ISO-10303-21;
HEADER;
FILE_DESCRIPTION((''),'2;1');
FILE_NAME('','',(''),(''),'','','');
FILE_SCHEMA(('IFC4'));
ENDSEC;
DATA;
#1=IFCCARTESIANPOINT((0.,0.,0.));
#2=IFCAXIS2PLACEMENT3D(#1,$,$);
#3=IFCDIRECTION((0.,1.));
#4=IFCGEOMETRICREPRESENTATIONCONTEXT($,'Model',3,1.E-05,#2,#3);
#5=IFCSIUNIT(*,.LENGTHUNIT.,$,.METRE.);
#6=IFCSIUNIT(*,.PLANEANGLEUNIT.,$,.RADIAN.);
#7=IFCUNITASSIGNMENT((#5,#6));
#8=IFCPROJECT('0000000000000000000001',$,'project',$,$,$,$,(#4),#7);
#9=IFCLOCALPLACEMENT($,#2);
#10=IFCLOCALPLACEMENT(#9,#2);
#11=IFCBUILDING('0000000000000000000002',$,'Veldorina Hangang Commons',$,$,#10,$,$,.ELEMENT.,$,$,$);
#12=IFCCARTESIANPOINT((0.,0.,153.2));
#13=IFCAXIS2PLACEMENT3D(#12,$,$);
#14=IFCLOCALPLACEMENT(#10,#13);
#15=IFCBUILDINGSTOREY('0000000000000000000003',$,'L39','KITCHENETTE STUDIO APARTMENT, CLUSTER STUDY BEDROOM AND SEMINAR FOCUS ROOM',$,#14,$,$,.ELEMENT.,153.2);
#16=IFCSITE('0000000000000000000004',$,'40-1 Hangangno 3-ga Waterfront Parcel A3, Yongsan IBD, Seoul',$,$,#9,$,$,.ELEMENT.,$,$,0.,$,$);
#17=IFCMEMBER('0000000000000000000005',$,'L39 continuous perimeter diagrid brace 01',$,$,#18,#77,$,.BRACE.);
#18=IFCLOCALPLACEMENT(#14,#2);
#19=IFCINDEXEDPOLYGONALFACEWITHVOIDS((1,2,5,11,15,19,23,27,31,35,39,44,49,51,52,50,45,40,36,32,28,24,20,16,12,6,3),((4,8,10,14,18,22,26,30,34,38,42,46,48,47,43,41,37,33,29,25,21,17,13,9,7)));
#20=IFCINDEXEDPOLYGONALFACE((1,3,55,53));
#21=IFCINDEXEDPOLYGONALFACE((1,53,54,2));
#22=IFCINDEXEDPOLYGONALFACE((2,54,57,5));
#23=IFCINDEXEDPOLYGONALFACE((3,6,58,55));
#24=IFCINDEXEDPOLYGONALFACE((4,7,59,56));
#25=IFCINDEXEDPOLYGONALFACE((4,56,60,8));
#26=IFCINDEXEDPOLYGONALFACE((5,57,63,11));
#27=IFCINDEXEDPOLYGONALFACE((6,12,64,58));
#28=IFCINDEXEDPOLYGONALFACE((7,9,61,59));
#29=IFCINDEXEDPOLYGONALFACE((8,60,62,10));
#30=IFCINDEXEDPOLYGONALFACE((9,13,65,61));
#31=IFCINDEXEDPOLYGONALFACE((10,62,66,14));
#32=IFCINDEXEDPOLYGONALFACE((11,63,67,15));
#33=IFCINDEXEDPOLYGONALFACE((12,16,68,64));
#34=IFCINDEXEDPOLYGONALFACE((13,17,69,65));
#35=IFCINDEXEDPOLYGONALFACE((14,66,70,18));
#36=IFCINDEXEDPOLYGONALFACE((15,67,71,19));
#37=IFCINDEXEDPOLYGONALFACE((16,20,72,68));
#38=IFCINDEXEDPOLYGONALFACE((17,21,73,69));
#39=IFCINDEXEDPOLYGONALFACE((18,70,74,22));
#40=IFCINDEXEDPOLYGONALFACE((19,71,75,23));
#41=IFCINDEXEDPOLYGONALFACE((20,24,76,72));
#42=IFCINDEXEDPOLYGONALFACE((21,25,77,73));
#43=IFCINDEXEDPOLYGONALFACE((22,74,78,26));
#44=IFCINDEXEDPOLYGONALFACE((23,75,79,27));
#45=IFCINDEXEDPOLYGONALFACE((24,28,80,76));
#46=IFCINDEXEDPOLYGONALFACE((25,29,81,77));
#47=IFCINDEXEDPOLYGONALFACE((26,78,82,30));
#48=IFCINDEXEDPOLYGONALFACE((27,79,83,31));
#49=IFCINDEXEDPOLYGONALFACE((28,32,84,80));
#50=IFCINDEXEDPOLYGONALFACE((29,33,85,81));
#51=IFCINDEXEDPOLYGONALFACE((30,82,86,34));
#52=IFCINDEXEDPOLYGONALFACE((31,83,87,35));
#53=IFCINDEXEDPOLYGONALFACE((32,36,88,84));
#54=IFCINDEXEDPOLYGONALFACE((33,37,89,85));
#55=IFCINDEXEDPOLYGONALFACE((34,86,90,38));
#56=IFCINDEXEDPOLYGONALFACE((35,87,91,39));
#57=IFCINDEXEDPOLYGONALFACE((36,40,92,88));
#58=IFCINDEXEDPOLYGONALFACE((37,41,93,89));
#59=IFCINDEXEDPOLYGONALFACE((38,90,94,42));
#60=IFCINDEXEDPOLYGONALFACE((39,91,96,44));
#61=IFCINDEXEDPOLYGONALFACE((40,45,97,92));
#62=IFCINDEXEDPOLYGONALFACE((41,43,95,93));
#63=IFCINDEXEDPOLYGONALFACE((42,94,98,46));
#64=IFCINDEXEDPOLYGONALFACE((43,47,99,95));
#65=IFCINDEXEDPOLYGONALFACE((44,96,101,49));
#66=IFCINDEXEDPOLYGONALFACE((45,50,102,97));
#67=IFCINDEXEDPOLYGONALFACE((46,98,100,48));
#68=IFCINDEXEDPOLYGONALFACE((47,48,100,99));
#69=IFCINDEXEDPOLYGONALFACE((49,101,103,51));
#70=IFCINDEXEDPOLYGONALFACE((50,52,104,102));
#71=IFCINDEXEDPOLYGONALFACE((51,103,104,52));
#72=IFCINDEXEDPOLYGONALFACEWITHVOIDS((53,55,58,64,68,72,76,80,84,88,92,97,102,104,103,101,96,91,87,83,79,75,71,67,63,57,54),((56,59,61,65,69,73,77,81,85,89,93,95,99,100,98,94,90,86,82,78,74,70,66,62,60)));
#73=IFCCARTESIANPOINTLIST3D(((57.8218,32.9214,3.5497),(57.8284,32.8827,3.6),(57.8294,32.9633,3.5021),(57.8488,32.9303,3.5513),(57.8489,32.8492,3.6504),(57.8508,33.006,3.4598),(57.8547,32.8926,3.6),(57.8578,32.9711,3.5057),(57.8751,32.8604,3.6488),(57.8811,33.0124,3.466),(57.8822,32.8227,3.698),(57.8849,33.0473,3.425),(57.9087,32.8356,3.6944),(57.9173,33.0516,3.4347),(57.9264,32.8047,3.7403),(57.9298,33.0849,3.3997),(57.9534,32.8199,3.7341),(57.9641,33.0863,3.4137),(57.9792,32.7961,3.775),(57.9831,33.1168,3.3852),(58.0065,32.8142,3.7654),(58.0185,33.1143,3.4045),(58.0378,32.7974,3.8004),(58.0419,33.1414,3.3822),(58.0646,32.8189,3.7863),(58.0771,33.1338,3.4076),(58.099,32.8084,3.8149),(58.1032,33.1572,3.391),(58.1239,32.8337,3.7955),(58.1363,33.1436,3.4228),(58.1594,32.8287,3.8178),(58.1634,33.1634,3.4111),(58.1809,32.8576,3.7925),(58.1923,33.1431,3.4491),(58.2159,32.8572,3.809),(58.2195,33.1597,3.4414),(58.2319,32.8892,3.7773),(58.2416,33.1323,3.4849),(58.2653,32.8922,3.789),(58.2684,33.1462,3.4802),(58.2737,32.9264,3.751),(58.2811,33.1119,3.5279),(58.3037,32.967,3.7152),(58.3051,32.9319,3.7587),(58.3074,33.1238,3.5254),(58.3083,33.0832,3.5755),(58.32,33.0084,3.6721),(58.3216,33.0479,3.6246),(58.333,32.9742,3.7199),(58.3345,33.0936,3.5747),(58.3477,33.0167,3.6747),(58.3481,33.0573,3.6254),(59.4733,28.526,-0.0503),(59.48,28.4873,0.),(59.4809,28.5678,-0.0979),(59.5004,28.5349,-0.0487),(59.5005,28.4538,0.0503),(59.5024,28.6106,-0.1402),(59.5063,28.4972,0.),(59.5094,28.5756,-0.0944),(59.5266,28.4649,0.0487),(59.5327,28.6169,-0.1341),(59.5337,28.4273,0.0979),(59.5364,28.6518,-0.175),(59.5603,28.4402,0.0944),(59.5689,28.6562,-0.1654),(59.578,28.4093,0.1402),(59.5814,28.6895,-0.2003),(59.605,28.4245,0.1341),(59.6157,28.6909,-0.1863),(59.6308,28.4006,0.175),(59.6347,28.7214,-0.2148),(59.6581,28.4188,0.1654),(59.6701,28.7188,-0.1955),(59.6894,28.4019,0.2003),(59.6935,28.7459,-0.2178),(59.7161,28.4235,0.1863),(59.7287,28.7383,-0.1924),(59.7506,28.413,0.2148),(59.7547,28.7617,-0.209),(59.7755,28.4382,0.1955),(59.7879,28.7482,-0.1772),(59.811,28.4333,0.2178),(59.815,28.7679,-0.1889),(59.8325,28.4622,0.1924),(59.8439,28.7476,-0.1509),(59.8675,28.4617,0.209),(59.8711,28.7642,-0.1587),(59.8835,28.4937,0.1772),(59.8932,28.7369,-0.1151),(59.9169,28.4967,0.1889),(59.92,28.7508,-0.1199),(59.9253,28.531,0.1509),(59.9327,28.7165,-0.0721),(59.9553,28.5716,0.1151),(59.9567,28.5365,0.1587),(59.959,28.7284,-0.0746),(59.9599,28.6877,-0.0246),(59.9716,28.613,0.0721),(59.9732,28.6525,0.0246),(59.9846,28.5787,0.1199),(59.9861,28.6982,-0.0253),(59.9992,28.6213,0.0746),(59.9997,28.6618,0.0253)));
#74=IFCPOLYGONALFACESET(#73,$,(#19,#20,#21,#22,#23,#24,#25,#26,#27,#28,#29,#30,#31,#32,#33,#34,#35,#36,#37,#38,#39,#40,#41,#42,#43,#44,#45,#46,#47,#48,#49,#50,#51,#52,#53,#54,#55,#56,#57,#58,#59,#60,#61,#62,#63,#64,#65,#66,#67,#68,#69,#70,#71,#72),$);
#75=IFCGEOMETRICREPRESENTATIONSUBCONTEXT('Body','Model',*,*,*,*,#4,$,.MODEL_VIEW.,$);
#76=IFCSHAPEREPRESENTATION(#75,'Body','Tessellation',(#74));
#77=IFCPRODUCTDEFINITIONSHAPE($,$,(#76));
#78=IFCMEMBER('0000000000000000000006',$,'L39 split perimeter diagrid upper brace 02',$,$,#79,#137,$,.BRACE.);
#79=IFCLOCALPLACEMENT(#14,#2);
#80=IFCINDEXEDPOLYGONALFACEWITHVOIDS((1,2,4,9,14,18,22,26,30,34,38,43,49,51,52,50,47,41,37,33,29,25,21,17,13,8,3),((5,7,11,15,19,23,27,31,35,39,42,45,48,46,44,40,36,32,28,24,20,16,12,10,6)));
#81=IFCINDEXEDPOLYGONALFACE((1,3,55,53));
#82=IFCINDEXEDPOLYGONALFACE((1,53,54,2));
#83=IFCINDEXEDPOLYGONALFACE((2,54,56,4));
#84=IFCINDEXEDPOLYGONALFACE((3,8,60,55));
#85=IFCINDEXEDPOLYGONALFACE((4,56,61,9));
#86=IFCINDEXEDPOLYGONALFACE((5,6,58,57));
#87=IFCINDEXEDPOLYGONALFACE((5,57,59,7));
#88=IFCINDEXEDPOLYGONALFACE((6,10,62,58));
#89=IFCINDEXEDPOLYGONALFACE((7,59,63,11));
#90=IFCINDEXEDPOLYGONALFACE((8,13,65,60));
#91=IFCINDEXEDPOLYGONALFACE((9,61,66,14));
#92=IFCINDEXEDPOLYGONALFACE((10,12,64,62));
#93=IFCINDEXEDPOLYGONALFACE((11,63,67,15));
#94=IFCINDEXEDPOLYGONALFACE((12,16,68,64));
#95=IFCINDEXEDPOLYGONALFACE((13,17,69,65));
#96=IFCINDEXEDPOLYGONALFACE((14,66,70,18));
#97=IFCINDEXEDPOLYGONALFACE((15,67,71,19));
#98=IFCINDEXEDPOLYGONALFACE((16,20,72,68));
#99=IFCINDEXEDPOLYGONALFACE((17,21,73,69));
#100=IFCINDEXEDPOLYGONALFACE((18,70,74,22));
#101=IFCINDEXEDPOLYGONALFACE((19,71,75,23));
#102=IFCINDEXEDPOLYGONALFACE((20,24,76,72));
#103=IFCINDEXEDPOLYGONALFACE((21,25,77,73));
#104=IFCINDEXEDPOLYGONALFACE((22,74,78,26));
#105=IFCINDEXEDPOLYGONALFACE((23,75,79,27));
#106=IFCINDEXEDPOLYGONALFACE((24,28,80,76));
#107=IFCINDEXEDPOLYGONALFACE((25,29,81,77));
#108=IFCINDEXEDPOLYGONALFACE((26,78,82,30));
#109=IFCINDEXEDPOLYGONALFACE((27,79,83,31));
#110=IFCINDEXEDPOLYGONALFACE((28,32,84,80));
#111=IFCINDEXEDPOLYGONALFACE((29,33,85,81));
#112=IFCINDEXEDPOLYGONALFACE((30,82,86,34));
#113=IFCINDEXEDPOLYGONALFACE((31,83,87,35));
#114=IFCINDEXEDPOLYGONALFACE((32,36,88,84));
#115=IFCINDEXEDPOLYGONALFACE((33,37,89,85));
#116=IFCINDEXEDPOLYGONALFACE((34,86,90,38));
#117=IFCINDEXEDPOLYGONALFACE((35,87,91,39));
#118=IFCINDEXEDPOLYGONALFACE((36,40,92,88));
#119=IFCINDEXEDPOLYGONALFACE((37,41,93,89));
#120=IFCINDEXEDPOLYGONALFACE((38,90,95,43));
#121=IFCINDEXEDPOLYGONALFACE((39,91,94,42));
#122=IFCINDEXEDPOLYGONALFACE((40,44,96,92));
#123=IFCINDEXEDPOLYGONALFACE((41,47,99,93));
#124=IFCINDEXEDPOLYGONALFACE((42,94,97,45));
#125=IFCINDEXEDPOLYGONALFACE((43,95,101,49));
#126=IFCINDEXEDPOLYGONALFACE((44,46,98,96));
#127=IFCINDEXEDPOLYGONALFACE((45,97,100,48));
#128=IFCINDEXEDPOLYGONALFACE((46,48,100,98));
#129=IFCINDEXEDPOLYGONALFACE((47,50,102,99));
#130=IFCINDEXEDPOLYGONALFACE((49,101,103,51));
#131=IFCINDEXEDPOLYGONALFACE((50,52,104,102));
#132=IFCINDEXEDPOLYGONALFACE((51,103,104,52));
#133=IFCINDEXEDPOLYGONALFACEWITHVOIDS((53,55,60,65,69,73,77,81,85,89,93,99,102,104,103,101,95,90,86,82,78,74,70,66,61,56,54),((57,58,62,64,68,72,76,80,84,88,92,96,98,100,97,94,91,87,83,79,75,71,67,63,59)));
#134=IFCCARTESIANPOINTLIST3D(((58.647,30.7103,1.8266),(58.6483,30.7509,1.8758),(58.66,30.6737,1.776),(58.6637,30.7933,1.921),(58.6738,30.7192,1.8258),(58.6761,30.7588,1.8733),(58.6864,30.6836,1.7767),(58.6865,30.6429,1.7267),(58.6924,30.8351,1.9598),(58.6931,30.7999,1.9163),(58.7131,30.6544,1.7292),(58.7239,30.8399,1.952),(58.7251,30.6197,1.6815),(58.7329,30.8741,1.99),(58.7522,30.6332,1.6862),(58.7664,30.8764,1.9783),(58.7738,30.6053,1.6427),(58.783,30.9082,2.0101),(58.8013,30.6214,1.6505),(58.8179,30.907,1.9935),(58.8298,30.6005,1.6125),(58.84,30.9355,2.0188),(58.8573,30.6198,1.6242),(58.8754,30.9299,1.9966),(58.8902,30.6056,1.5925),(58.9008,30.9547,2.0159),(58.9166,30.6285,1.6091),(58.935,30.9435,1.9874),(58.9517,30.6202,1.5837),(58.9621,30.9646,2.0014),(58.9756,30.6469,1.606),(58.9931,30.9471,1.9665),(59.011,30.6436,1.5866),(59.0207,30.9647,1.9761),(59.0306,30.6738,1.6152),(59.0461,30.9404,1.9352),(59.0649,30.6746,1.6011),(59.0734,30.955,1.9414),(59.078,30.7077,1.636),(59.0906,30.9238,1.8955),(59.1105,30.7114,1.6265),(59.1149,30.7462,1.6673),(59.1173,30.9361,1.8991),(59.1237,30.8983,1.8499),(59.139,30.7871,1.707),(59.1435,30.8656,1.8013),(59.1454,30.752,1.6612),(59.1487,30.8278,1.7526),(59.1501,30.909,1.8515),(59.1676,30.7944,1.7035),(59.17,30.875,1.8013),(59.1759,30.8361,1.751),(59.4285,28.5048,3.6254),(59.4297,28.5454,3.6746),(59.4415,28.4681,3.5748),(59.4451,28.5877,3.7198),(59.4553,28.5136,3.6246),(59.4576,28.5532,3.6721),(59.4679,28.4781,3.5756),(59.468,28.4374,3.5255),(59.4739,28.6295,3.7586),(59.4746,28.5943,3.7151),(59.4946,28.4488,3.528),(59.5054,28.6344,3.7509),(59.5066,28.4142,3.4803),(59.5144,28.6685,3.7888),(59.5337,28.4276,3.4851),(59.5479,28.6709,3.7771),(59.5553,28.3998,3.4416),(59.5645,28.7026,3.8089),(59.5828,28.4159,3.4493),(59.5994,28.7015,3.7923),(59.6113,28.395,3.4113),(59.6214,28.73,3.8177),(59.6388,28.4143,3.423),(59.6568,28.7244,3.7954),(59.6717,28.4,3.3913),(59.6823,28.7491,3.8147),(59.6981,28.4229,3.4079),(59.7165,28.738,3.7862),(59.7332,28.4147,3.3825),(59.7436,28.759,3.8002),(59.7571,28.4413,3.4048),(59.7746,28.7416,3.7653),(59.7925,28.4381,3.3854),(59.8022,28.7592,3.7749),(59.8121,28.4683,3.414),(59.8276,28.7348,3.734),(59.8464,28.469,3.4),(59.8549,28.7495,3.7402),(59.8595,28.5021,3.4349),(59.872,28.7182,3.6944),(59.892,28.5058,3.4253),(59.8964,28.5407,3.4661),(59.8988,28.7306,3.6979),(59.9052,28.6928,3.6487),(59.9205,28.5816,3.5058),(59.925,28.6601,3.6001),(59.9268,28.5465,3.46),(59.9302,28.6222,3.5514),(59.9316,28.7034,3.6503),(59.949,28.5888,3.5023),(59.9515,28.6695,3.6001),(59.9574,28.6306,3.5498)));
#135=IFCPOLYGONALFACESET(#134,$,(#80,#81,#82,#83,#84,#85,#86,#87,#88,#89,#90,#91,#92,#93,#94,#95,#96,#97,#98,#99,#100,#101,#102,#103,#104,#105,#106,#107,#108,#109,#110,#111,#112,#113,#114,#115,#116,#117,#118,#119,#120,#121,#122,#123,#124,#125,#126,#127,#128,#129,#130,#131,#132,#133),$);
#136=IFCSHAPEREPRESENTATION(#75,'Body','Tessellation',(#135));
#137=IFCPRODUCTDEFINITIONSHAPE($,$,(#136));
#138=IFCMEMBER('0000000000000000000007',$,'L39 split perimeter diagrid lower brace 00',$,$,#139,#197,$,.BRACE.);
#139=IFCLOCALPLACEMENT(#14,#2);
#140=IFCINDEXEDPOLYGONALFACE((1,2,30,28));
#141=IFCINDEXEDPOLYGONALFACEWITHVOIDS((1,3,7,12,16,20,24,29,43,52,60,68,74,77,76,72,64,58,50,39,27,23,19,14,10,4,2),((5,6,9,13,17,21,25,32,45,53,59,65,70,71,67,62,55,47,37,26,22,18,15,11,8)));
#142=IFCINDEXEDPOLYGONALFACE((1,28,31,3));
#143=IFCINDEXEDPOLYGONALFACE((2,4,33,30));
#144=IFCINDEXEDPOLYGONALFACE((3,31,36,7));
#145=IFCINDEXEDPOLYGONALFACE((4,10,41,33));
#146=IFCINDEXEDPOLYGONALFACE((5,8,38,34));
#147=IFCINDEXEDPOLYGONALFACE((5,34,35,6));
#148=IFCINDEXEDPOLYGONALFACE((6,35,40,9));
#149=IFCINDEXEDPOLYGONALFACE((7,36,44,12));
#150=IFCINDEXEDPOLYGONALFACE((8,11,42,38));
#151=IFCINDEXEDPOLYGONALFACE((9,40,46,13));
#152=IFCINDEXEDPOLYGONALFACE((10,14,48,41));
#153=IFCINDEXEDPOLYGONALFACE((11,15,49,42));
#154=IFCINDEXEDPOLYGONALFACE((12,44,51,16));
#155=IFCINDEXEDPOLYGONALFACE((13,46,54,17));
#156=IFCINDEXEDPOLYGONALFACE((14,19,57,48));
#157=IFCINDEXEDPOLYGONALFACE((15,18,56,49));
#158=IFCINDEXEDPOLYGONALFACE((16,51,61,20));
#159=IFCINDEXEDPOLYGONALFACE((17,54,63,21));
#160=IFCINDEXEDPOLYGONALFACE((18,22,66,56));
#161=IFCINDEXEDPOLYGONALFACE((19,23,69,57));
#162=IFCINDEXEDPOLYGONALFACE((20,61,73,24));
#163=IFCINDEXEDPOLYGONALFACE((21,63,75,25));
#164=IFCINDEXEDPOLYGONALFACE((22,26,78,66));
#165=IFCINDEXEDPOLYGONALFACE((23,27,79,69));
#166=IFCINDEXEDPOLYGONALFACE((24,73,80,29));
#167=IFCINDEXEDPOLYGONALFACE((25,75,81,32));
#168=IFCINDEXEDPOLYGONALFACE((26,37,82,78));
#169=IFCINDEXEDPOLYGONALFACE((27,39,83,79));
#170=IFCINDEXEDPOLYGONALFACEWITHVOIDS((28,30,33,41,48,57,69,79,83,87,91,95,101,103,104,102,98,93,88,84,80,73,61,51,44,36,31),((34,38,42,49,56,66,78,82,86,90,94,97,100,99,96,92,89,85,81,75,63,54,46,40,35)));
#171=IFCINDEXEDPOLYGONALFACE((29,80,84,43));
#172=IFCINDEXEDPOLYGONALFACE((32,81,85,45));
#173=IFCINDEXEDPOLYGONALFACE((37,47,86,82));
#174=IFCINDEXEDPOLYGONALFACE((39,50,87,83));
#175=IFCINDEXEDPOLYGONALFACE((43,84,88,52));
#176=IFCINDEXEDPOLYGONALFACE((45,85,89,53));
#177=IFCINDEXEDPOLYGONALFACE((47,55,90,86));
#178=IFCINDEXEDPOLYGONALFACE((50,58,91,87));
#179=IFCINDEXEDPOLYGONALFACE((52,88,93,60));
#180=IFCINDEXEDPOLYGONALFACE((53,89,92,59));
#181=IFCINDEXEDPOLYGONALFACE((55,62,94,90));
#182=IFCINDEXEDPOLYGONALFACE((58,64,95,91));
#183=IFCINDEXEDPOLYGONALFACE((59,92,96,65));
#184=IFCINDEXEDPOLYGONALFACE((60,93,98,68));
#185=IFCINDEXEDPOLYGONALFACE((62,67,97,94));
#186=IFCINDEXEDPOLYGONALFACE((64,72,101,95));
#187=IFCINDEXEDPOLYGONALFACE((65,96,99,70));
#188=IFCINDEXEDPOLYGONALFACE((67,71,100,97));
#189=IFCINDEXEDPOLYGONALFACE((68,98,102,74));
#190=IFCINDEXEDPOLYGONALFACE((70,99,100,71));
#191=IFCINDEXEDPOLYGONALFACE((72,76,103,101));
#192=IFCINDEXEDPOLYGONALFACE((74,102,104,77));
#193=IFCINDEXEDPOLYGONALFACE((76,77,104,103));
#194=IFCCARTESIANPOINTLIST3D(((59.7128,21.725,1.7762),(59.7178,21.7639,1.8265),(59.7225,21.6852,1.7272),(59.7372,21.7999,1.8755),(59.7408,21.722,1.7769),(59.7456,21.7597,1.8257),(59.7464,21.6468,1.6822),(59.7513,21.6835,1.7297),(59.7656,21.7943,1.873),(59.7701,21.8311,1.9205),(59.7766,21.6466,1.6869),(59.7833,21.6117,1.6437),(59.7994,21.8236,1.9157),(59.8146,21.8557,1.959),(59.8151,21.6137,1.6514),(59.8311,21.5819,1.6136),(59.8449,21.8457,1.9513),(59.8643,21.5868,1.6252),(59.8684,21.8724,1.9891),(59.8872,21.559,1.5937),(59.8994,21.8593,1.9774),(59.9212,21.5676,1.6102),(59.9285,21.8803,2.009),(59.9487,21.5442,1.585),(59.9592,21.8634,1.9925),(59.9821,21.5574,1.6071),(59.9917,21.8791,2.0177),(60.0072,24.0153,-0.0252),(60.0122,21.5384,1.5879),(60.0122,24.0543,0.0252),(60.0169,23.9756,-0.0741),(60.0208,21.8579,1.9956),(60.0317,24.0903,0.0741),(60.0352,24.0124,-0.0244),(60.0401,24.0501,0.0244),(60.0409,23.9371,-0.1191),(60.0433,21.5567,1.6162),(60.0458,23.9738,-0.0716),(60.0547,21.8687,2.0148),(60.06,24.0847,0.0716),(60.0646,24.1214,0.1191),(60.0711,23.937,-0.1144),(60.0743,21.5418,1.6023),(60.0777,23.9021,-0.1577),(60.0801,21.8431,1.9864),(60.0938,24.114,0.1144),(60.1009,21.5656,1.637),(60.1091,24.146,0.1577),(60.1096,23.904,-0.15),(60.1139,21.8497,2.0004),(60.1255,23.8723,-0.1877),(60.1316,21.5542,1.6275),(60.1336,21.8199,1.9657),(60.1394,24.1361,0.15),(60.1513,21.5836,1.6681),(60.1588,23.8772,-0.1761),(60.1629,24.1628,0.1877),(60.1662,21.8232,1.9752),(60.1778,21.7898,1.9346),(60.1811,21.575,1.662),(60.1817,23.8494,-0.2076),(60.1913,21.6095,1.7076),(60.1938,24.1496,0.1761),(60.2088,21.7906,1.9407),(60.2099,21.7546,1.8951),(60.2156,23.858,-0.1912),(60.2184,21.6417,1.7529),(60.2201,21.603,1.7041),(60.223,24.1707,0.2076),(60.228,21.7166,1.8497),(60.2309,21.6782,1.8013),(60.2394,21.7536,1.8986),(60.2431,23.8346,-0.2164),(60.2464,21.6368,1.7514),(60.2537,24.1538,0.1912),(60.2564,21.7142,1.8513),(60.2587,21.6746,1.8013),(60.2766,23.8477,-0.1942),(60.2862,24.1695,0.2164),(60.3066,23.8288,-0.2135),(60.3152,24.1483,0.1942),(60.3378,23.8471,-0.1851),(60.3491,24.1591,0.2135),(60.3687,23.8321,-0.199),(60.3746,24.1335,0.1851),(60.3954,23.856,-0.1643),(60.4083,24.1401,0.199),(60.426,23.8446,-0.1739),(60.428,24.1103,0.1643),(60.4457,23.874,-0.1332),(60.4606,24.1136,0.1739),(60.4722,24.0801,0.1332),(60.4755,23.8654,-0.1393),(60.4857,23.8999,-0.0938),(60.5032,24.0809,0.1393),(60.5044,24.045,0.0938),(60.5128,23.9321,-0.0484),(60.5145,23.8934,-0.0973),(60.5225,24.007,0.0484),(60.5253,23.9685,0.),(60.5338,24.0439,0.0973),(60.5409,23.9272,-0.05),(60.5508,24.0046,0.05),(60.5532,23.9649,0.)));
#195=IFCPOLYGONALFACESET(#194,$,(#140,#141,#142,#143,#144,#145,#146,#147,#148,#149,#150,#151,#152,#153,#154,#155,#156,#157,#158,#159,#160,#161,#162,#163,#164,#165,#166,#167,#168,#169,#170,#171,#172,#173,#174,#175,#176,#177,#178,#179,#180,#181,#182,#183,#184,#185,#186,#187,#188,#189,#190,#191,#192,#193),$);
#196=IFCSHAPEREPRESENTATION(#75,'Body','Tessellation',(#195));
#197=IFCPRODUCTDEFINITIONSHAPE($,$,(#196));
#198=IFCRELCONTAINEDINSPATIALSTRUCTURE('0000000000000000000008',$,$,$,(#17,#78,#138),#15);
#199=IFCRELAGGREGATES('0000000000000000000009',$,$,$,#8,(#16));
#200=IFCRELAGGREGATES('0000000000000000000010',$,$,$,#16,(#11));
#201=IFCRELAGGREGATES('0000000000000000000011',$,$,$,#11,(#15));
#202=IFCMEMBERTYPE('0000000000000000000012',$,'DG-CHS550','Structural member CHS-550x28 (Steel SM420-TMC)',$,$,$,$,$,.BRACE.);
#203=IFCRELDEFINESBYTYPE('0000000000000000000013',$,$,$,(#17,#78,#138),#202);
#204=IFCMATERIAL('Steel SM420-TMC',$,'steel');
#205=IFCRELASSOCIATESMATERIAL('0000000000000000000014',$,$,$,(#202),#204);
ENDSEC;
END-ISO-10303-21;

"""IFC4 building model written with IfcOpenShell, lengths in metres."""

from ifc_helpers import new_model, si_unit, direction, frame, origin, origin_2d, place, context, subcontext, project, spatial, hollow_circle, extrude, material, material_profile, profile_set, type_object, element, save


model = new_model("IFC4")

# Units and contexts
model_context = context("Model", 3, precision=1e-05, world=origin(), true_north=direction((0.0, 1.0)))
body_context = subcontext(model_context, "Body", "Model", "MODEL_VIEW")
ifc_project = project(units=[si_unit("LENGTHUNIT", "METRE"), si_unit("PLANEANGLEUNIT", "RADIAN")], contexts=[model_context])

# Site, building, storey
site_placement = place(None, origin())
site = spatial("IfcSite", under=ifc_project, at=site_placement, Name="40-1 Hangangno 3-ga Waterfront Parcel A3, Yongsan IBD, Seoul", CompositionType="ELEMENT", RefElevation=0.0)
building_placement = place(site_placement, origin())
building = spatial("IfcBuilding", under=site, at=building_placement, Name="Veldorina Hangang Commons", CompositionType="ELEMENT")
storey_placement = place(building_placement, frame((0.0, 0.0, 153.2)))
storey = spatial("IfcBuildingStorey", under=building, at=storey_placement, Name="L39", Description="KITCHENETTE STUDIO APARTMENT, CLUSTER STUDY BEDROOM AND SEMINAR FOCUS ROOM", CompositionType="ELEMENT", Elevation=153.2)

# Shared definitions
ifc_material_1 = material(Name="Steel SM420-TMC", Category="steel")

# Members
ifc_material_profile_1 = material_profile(ifc_material_1, hollow_circle(Radius=0.2749, WallThickness=0.0281, at=origin_2d()), Name="CHS-550x28")
ifc_profile_set_1 = profile_set([ifc_material_profile_1], Name="Steel SM420-TMC")
member_type_1 = type_object("IfcMemberType", Name="DG-CHS550", Description="Structural member CHS-550x28 (Steel SM420-TMC)", PredefinedType="BRACE", material=ifc_profile_set_1)
member_1_placement = place(storey_placement, frame((59.7373, 28.584, 0.0), z_axis=(-0.279137, 0.742881, 0.608449), x_axis=(-0.936098, -0.351739, 0.0)))
element("IfcMember", 1, at=member_1_placement, inside=storey, type_object=member_type_1, Name="L39 continuous perimeter diagrid brace 01", PredefinedType="BRACE", context=body_context, shape_type="SweptSolid", body=[
    extrude(hollow_circle(Radius=0.2749, WallThickness=0.0281, at=origin_2d()), origin(), (0.0, 0.0, 1.0), 5.9167),
])
member_2_placement = place(storey_placement, frame((58.9109, 30.7832, 1.8013), z_axis=(0.264783, -0.747283, 0.609473), x_axis=(0.942579, 0.333982, 0.0)))
element("IfcMember", 2, at=member_2_placement, inside=storey, type_object=member_type_1, Name="L39 split perimeter diagrid upper brace 02", PredefinedType="BRACE", context=body_context, shape_type="SweptSolid", body=[
    extrude(hollow_circle(Radius=0.2749, WallThickness=0.0281, at=origin_2d()), origin(), (0.0, 0.0, 1.0), 2.9514),
])
member_3_placement = place(storey_placement, frame((60.2805, 24.0, 0.0), z_axis=(-0.100538, -0.782042, 0.615063), x_axis=(0.991837, -0.127508, 0.0)))
element("IfcMember", 3, at=member_3_placement, inside=storey, type_object=member_type_1, Name="L39 split perimeter diagrid lower brace 00", PredefinedType="BRACE", context=body_context, shape_type="SweptSolid", body=[
    extrude(hollow_circle(Radius=0.2749, WallThickness=0.0281, at=origin_2d()), origin(), (0.0, 0.0, 1.0), 2.9287),
])

save(model, "model.ifc")
